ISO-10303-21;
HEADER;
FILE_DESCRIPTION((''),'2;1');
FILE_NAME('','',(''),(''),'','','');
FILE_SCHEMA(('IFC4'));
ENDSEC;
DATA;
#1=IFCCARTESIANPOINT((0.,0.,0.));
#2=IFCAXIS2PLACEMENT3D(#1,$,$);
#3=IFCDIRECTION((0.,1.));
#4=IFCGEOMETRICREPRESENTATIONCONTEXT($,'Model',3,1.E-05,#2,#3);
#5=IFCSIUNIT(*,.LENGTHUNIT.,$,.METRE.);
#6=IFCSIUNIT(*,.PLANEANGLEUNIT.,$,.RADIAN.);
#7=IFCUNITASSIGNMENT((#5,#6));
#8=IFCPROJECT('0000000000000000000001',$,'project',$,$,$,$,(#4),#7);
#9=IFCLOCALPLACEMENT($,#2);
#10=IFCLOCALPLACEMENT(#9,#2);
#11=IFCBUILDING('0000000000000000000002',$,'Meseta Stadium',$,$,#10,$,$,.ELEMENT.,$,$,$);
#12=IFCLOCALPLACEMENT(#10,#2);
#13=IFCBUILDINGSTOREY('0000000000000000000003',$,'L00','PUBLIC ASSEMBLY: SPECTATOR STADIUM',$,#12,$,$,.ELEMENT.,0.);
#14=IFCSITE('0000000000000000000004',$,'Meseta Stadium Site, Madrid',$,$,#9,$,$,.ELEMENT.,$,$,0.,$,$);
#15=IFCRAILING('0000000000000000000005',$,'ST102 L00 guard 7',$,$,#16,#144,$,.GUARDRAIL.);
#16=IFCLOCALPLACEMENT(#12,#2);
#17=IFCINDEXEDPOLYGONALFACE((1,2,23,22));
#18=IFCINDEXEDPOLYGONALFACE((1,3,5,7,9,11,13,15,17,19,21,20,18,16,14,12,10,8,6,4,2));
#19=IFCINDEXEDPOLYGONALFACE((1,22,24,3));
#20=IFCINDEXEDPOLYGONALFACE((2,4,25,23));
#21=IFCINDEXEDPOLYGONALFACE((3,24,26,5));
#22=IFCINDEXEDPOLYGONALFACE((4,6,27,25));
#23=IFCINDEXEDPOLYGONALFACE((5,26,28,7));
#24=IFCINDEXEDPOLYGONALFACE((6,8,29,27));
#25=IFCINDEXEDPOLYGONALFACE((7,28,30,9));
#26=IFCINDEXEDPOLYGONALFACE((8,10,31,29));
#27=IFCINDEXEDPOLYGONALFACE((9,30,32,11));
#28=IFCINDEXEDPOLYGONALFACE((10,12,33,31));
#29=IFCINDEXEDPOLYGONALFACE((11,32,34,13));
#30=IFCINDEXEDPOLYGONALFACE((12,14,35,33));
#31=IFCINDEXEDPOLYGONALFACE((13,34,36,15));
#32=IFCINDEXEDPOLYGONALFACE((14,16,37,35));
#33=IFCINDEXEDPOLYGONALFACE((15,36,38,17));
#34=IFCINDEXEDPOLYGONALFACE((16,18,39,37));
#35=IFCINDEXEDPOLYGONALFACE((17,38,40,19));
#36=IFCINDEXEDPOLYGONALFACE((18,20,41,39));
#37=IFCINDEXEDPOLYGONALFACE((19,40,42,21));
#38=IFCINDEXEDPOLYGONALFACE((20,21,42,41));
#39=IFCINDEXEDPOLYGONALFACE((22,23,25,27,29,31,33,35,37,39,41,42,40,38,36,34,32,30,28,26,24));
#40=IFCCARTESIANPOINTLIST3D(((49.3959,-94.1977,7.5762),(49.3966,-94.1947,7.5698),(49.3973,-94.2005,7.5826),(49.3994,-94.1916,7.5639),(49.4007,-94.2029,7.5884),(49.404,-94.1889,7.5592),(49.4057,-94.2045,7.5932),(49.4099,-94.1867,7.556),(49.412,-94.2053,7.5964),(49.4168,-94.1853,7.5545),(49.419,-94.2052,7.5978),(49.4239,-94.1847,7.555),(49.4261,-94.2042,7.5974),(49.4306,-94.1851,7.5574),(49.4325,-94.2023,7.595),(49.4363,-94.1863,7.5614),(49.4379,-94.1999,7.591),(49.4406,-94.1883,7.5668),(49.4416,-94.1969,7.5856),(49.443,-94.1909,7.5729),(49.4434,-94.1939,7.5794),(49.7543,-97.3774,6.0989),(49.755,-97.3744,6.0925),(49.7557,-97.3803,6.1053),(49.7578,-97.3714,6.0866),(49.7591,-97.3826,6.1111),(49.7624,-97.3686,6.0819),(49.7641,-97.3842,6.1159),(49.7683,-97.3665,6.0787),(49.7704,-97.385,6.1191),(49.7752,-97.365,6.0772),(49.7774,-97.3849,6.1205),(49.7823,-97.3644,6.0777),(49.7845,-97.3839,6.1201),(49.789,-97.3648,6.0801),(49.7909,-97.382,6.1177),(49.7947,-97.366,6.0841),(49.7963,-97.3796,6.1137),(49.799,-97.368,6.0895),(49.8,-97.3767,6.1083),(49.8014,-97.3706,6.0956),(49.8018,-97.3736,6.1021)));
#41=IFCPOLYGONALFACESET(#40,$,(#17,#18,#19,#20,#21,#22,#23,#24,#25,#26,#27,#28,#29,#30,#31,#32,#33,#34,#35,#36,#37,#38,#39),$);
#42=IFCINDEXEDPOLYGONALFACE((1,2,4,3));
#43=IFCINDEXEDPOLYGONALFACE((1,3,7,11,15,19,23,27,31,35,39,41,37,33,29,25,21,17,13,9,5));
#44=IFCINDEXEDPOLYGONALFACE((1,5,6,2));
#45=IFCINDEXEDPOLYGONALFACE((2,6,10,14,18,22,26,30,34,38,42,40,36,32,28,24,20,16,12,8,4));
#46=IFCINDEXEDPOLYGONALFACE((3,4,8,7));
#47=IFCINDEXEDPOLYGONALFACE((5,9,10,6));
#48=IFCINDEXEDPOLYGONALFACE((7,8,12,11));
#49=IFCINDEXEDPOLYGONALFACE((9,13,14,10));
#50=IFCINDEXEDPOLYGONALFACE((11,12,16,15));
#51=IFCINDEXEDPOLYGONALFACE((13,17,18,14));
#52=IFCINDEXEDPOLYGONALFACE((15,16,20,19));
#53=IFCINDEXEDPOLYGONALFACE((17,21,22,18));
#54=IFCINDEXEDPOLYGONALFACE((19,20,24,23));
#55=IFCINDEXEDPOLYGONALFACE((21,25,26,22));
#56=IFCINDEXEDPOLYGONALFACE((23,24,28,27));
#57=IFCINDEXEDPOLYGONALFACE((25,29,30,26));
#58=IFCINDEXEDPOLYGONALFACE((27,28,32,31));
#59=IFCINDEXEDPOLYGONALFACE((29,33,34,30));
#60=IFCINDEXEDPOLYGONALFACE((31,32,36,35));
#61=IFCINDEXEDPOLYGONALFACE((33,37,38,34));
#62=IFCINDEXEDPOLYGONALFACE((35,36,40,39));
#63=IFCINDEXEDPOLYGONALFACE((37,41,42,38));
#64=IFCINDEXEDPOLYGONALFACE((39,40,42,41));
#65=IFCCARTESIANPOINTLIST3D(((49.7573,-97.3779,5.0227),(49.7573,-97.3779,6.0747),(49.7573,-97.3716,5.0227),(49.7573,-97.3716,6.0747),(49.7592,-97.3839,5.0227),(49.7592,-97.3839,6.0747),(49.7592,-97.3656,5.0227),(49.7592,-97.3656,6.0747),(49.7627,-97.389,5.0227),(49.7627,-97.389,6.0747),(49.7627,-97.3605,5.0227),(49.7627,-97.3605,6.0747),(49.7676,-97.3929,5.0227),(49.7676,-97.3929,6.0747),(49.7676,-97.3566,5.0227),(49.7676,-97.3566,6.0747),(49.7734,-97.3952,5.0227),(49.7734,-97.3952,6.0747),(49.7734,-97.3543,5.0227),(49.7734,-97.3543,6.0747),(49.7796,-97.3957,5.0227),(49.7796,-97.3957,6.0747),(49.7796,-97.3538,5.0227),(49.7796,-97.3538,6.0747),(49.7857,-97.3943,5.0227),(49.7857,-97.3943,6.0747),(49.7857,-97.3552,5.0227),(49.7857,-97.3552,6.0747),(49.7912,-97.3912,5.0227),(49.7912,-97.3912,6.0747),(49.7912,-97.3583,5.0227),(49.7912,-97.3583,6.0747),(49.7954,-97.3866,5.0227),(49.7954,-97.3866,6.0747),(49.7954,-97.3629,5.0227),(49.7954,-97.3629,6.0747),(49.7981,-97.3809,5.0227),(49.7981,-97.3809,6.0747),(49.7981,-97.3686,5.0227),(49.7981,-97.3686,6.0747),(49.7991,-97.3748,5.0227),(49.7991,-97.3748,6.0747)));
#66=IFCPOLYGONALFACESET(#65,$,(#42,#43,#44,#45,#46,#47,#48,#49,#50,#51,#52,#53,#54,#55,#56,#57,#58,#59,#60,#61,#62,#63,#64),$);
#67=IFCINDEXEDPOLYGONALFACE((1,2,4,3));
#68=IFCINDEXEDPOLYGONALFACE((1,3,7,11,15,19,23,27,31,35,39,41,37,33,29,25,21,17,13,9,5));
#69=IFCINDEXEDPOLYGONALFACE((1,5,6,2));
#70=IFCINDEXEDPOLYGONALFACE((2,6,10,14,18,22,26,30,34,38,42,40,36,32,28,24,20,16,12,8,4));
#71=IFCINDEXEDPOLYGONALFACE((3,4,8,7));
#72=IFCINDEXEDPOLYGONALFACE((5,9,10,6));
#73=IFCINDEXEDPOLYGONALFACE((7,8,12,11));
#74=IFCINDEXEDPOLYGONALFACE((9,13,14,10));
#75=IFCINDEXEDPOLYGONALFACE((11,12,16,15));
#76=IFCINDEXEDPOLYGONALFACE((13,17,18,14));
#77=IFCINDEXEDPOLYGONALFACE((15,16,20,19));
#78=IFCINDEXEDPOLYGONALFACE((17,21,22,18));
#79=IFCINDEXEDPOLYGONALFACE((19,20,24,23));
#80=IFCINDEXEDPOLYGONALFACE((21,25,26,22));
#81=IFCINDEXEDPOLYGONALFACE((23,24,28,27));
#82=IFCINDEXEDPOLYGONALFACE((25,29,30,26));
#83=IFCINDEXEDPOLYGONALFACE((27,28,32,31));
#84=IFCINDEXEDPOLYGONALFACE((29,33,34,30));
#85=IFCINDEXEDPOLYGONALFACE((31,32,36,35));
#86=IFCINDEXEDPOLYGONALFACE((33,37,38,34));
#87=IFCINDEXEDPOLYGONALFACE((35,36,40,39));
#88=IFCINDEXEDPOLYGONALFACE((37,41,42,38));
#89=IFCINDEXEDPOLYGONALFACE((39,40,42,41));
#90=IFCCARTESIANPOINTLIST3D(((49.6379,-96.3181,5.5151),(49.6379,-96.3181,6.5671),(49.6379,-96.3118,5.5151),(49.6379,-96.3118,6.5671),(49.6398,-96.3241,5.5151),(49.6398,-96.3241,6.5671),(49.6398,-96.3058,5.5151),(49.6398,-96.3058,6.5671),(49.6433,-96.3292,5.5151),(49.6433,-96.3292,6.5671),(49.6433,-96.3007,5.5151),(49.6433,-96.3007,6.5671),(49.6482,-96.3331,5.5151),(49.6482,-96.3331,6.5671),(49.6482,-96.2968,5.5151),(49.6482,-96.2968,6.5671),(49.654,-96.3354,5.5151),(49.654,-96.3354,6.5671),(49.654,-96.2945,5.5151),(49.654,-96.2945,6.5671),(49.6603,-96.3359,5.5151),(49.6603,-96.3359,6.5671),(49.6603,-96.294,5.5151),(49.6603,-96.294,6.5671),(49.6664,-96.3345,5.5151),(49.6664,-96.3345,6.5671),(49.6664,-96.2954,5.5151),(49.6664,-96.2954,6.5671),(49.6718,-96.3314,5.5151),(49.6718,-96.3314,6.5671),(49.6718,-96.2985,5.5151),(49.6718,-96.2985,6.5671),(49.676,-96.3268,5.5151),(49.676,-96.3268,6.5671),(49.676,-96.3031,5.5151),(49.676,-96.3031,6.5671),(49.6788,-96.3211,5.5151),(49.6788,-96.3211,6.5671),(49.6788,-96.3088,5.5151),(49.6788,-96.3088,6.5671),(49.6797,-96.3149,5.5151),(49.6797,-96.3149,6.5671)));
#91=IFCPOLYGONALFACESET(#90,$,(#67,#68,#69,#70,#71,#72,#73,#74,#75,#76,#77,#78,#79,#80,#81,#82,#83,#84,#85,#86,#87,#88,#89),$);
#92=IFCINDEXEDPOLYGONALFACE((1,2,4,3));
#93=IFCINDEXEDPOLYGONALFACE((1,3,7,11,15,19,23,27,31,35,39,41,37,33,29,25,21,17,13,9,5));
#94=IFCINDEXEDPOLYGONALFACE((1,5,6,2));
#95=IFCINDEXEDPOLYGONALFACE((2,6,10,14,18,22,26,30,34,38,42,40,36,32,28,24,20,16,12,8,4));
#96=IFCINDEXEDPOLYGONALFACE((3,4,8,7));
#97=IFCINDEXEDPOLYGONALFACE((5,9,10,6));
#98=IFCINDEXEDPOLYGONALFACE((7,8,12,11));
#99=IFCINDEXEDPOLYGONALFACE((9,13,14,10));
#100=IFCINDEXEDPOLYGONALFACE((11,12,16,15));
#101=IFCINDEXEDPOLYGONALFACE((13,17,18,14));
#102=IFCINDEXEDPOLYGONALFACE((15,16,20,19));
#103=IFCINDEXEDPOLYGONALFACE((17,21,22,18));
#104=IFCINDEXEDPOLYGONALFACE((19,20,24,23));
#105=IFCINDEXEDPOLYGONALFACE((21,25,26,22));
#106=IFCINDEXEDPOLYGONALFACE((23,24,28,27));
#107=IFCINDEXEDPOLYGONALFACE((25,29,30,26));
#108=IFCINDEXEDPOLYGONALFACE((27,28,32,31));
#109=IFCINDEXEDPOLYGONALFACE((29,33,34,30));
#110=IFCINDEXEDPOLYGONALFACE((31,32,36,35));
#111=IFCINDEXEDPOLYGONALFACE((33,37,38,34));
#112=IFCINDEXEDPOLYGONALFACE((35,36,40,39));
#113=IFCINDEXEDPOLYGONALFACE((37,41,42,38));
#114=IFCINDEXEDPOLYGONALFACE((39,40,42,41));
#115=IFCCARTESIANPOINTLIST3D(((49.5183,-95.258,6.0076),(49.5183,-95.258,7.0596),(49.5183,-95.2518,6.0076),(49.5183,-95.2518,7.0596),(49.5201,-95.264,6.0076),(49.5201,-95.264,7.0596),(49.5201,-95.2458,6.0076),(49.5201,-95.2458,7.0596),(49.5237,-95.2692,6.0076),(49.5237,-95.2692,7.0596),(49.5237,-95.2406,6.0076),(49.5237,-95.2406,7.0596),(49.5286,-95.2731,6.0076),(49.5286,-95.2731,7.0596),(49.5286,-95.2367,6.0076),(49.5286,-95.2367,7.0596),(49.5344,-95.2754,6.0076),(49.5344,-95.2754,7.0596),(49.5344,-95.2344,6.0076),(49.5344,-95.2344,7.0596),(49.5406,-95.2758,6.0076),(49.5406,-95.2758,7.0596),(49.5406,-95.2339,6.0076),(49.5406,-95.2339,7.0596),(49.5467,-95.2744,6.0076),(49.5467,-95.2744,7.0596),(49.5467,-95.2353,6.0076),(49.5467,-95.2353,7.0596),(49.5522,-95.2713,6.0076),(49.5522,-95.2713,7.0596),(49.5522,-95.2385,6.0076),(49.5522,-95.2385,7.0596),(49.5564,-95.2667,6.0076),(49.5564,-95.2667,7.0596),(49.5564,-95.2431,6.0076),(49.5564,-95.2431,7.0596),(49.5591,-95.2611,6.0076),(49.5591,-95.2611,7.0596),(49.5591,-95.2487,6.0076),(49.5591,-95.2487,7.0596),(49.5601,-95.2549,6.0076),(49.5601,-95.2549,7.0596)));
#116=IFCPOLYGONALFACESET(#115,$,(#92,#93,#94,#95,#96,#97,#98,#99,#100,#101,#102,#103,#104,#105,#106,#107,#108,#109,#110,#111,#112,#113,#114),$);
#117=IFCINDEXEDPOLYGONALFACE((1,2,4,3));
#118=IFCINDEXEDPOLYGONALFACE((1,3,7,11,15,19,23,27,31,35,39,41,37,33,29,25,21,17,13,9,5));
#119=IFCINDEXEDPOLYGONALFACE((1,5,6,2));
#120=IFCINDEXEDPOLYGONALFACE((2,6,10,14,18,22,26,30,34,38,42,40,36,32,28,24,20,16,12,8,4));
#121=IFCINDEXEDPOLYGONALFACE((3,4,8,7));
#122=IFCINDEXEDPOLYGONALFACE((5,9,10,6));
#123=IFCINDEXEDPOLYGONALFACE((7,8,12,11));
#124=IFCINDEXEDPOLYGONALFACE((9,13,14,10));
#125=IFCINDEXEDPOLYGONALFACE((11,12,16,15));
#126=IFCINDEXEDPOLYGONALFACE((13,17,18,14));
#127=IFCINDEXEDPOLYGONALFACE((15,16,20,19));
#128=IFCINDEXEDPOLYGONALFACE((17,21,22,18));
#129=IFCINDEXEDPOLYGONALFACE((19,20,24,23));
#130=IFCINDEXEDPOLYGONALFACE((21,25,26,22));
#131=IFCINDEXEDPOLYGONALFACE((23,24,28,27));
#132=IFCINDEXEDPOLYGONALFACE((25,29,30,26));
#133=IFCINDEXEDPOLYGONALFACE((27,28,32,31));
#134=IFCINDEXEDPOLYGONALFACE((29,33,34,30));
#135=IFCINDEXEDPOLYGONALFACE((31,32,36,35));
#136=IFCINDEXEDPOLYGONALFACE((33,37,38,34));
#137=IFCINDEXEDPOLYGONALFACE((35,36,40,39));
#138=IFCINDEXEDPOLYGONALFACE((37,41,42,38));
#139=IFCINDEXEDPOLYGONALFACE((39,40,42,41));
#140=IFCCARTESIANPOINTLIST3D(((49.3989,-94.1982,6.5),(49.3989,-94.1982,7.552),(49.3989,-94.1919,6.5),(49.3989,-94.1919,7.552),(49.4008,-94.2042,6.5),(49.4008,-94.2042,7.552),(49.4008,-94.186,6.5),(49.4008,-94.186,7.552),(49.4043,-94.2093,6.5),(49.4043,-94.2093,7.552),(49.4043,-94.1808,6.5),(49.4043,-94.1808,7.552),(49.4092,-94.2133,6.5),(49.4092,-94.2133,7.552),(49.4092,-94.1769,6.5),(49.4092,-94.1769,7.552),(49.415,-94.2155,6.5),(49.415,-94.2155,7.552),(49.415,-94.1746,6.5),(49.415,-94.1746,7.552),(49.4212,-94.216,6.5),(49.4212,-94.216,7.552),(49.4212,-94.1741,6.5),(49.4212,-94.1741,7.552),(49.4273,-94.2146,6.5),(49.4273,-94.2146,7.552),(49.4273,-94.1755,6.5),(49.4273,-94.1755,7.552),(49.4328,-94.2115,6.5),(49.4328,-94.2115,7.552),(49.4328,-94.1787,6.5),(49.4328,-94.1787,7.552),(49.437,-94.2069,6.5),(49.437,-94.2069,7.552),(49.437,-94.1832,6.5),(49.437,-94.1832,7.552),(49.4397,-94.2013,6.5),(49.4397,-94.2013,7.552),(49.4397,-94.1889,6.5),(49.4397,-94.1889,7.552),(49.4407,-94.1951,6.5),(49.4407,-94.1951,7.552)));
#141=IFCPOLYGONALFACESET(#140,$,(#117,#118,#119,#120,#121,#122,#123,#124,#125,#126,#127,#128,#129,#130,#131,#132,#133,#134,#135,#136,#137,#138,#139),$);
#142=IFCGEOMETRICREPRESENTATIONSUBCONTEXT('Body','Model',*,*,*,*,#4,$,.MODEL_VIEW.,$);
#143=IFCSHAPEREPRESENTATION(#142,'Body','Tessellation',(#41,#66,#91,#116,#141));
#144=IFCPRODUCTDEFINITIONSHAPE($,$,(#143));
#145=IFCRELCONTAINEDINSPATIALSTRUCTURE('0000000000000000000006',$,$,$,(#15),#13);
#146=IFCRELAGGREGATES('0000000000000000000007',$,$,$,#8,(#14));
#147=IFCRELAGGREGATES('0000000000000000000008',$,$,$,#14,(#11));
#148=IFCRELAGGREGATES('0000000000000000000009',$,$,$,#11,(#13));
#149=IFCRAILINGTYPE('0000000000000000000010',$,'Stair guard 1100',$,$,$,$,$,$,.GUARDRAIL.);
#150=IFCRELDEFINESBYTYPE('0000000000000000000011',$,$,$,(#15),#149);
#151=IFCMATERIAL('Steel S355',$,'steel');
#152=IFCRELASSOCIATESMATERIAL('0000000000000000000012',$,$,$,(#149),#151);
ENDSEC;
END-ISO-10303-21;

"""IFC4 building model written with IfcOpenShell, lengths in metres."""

from ifc_helpers import new_model, si_unit, direction, frame, origin, origin_2d, place, context, subcontext, project, spatial, circle, extrude, material, type_object, element, save


model = new_model("IFC4")

# Units and contexts
model_context = context("Model", 3, precision=1e-05, world=origin(), true_north=direction((0.0, 1.0)))
body_context = subcontext(model_context, "Body", "Model", "MODEL_VIEW")
ifc_project = project(units=[si_unit("LENGTHUNIT", "METRE"), si_unit("PLANEANGLEUNIT", "RADIAN")], contexts=[model_context])

# Site, building, storey
site_placement = place(None, origin())
site = spatial("IfcSite", under=ifc_project, at=site_placement, Name="Meseta Stadium Site, Madrid", CompositionType="ELEMENT", RefElevation=0.0)
building_placement = place(site_placement, origin())
building = spatial("IfcBuilding", under=site, at=building_placement, Name="Meseta Stadium", CompositionType="ELEMENT")
storey_placement = place(building_placement, origin())
storey = spatial("IfcBuildingStorey", under=building, at=storey_placement, Name="L00", Description="PUBLIC ASSEMBLY: SPECTATOR STADIUM", CompositionType="ELEMENT", Elevation=0.0)

# Railing
ifc_material_1 = material(Name="Steel S355", Category="steel")
railing_type_1 = type_object("IfcRailingType", Name="Stair guard 1100", PredefinedType="GUARDRAIL", material=ifc_material_1)
railing_1_placement = place(storey_placement, frame((49.7781, -97.3748, 5.0227)))
element("IfcRailing", 1, at=railing_1_placement, inside=storey, type_object=railing_type_1, Name="ST102 L00 guard 7", PredefinedType="GUARDRAIL", context=body_context, shape_type="SweptSolid", body=[
    extrude(circle(Radius=0.0239, at=origin_2d()), frame((0.0, 0.0, 1.0762), z_axis=(-0.101691, 0.902197, 0.419164), x_axis=(-0.993708, -0.112006, 0.0)), (0.0, 0.0, 1.0), 3.5244),
    extrude(circle(Radius=0.021, at=origin_2d()), origin(), (0.0, 0.0, 1.0), 1.052),
    extrude(circle(Radius=0.021, at=origin_2d()), frame((-0.1194, 1.0598, 0.4924)), (0.0, 0.0, 1.0), 1.052),
    extrude(circle(Radius=0.021, at=origin_2d()), frame((-0.239, 2.1199, 0.9849)), (0.0, 0.0, 1.0), 1.052),
    extrude(circle(Radius=0.021, at=origin_2d()), frame((-0.3584, 3.1797, 1.4773)), (0.0, 0.0, 1.0), 1.052),
])

save(model, "model.ifc")
